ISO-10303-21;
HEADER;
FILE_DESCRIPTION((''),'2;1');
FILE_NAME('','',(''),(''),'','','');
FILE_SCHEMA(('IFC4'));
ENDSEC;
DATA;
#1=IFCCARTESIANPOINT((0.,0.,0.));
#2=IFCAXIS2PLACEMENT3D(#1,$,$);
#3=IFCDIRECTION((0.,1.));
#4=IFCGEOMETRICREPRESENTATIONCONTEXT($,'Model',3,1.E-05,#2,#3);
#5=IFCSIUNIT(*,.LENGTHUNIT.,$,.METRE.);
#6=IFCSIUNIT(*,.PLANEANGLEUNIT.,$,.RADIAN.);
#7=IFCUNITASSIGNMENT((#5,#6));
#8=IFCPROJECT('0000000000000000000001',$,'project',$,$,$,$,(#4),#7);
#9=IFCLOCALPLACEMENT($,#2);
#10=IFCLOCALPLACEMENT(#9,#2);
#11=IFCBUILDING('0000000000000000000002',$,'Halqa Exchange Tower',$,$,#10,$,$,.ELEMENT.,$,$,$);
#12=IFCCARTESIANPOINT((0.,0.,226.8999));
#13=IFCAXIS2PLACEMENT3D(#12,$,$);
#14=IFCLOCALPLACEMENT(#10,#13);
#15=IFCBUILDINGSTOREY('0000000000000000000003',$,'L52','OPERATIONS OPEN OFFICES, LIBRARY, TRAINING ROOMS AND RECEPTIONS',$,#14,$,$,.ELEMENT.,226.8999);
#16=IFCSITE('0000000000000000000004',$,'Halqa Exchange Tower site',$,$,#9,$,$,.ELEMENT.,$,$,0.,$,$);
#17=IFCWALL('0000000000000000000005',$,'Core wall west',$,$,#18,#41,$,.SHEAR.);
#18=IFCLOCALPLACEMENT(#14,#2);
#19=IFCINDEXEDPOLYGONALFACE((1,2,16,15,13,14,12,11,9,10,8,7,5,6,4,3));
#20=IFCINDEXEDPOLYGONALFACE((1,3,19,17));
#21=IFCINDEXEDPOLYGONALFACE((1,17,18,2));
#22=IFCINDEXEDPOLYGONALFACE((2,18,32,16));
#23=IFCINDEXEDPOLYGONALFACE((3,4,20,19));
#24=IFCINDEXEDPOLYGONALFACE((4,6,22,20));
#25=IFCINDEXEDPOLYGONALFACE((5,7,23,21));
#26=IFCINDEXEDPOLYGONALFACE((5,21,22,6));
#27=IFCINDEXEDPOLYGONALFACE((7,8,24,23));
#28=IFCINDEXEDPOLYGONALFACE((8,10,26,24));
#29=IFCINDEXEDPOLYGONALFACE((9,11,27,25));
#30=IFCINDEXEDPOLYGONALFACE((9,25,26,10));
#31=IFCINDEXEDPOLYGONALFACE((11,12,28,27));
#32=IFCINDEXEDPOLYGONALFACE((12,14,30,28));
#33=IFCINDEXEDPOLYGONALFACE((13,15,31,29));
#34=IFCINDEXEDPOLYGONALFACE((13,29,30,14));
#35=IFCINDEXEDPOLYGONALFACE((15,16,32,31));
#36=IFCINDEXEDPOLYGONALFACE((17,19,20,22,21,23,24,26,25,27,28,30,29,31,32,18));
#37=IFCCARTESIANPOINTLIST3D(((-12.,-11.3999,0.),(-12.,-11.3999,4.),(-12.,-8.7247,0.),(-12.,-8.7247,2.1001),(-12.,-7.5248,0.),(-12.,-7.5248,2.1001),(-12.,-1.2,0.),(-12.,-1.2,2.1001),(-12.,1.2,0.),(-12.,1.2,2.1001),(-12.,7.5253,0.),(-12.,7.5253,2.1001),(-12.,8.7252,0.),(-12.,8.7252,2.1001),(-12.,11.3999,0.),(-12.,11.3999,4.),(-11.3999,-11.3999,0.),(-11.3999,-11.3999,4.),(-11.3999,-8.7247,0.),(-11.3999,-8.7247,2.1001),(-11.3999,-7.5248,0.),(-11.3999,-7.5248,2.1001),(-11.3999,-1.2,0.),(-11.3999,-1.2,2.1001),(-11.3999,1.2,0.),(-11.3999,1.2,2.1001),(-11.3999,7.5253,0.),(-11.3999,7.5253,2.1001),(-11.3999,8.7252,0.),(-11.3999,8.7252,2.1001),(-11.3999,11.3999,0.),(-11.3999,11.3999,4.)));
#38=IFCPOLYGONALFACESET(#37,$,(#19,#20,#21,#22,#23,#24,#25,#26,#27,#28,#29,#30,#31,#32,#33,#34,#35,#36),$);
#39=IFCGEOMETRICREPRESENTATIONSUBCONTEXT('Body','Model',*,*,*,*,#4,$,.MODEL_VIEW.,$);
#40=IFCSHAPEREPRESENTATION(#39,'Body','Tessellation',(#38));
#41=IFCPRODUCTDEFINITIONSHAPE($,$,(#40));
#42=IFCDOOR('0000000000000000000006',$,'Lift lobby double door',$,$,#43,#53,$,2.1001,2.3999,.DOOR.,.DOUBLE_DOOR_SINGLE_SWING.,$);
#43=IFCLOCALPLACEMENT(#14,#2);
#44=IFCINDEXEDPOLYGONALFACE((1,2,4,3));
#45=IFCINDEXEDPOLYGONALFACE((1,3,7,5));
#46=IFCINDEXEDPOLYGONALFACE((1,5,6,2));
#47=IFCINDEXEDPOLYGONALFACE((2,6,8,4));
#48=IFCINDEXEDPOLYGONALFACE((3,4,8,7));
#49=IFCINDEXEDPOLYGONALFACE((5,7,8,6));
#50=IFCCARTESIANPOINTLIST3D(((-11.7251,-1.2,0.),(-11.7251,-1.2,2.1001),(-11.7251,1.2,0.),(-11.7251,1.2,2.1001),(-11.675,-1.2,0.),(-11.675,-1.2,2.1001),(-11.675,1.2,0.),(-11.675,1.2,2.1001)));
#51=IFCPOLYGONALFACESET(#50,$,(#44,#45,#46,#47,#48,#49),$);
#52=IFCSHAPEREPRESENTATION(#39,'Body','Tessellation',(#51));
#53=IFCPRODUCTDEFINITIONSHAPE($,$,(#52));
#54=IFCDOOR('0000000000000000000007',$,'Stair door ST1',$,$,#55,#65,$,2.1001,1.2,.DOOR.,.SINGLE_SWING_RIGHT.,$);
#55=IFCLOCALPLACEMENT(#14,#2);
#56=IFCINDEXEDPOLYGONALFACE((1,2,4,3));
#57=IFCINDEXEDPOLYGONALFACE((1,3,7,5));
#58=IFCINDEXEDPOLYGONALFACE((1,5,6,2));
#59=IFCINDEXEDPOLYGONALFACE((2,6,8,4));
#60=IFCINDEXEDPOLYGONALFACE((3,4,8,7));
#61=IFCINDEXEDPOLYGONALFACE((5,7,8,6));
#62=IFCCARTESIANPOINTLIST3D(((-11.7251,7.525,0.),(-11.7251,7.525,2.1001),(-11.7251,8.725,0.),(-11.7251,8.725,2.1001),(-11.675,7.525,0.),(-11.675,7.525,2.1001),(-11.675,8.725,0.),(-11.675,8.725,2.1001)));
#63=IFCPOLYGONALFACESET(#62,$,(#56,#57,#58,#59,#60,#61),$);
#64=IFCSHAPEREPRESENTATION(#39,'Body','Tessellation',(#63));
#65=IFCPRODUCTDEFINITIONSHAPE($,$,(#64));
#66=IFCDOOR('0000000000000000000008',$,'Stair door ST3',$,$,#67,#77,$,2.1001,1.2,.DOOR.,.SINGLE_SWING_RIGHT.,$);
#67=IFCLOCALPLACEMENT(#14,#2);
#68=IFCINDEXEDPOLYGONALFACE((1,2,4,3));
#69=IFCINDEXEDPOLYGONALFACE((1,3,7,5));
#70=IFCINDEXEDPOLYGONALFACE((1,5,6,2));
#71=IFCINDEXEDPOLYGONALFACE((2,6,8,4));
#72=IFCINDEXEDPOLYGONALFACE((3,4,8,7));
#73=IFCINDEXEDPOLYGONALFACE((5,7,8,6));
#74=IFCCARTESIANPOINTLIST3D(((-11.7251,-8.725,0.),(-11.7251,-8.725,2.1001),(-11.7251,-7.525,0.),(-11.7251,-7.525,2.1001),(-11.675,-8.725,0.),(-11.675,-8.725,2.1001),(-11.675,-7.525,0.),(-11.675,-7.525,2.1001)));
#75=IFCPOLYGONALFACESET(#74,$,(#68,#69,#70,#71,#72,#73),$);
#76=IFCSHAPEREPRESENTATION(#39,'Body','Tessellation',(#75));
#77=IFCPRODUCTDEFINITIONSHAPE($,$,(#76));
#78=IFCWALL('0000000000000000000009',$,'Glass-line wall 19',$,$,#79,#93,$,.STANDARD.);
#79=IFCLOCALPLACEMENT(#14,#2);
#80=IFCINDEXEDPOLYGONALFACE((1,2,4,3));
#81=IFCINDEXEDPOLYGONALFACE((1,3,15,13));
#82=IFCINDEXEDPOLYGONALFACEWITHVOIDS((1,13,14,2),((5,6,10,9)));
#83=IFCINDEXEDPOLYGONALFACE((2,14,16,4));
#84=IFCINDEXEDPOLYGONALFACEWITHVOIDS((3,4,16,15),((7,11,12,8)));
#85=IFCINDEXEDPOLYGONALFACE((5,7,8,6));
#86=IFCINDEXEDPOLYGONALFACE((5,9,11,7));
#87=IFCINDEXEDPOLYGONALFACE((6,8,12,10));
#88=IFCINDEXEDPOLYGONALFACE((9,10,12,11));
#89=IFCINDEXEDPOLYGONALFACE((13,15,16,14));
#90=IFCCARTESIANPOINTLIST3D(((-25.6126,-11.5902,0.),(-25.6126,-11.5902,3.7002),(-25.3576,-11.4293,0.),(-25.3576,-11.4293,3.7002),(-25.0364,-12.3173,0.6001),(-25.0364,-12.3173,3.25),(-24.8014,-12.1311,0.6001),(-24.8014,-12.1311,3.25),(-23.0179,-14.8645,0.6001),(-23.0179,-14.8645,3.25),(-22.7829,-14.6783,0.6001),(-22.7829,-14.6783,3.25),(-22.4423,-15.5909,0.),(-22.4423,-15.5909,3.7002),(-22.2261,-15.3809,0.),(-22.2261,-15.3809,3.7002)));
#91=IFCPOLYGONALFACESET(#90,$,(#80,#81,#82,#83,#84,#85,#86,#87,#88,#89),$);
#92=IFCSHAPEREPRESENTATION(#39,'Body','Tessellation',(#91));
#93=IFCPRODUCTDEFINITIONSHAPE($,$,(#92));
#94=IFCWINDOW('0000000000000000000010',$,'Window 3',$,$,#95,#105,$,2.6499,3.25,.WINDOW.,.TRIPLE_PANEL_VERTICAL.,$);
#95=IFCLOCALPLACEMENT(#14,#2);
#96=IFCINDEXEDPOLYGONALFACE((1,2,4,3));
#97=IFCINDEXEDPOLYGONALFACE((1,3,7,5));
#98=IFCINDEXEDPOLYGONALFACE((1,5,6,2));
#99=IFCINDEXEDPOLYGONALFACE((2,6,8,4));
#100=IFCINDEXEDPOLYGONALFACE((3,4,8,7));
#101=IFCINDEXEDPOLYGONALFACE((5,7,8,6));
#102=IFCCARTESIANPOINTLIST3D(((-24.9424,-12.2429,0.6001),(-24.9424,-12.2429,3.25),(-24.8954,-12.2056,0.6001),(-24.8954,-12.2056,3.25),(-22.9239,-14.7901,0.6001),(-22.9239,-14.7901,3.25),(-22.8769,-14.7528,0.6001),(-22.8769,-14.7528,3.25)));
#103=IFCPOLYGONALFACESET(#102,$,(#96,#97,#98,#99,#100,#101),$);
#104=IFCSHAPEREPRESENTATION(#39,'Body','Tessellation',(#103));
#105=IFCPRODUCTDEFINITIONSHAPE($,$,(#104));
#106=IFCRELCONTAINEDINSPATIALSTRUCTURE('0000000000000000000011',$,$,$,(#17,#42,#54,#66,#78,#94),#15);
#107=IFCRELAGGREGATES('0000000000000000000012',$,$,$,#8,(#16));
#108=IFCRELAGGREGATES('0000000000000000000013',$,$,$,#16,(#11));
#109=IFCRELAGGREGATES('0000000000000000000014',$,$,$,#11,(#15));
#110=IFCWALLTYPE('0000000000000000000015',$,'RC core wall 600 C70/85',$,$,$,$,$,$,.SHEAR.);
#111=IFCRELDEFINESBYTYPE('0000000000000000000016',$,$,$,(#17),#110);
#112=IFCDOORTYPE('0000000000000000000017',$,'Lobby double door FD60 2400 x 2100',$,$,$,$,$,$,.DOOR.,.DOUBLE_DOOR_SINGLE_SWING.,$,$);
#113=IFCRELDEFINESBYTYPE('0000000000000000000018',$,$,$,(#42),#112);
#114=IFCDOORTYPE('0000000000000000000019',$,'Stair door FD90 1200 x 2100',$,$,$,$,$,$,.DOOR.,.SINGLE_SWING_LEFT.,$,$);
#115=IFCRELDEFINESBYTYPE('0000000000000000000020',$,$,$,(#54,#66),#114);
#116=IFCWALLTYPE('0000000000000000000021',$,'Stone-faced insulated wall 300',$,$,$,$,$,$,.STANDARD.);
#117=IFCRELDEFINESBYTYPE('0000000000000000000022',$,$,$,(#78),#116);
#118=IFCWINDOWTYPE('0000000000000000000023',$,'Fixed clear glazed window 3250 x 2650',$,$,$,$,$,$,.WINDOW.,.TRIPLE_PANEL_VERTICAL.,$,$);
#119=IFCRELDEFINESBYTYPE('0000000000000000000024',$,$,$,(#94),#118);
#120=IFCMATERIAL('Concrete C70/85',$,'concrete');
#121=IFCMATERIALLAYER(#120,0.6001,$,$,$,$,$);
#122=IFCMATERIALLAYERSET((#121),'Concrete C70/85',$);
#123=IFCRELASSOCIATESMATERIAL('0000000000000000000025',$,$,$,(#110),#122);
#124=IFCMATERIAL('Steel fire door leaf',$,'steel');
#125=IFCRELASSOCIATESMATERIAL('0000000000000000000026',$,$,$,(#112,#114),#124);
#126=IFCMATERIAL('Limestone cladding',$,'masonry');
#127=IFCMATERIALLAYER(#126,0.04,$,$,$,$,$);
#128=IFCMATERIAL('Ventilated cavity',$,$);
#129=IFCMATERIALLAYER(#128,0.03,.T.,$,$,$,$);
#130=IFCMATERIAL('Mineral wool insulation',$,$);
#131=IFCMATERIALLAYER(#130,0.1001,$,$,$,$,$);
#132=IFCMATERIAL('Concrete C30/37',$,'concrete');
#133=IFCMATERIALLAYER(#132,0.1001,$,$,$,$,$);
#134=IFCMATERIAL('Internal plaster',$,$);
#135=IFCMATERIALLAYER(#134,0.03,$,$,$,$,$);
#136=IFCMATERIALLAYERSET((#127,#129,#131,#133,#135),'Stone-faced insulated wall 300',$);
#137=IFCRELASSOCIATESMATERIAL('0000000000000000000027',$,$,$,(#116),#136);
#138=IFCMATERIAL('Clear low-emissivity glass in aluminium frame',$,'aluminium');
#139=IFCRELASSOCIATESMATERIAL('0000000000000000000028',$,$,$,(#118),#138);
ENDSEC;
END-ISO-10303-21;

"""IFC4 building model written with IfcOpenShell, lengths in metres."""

from ifc_helpers import new_model, si_unit, direction, frame, frame_2d, origin, place, context, subcontext, project, spatial, polyline, rectangle, outline, extrude, material, layer, layer_set, type_object, element, fill, save


model = new_model("IFC4")

# Units and contexts
model_context = context("Model", 3, precision=1e-05, world=origin(), true_north=direction((0.0, 1.0)))
body_context = subcontext(model_context, "Body", "Model", "MODEL_VIEW")
ifc_project = project(units=[si_unit("LENGTHUNIT", "METRE"), si_unit("PLANEANGLEUNIT", "RADIAN")], contexts=[model_context])

# Site, building, storey
site_placement = place(None, origin())
site = spatial("IfcSite", under=ifc_project, at=site_placement, Name="Halqa Exchange Tower site", CompositionType="ELEMENT", RefElevation=0.0)
building_placement = place(site_placement, origin())
building = spatial("IfcBuilding", under=site, at=building_placement, Name="Halqa Exchange Tower", CompositionType="ELEMENT")
storey_placement = place(building_placement, frame((0.0, 0.0, 226.8999)))
storey = spatial("IfcBuildingStorey", under=building, at=storey_placement, Name="L52", Description="OPERATIONS OPEN OFFICES, LIBRARY, TRAINING ROOMS AND RECEPTIONS", CompositionType="ELEMENT", Elevation=226.8999)

# Shared definitions
ifc_material_1 = material(Name="Steel fire door leaf", Category="steel")

# Wall, openings, doors
ifc_material_2 = material(Name="Concrete C70/85", Category="concrete")
ifc_layer_1 = layer(ifc_material_2, 0.6001)
ifc_layer_set_1 = layer_set([ifc_layer_1], Name="Concrete C70/85")
wall_type_1 = type_object("IfcWallType", Name="RC core wall 600 C70/85", PredefinedType="SHEAR", material=ifc_layer_set_1)
wall_1_placement = place(storey_placement, frame((-11.7, -11.3999, 0.0), z_axis=(0.0, 0.0, 1.0), x_axis=(0.0, 1.0, 0.0)))
wall_1 = element("IfcWall", 1, at=wall_1_placement, inside=storey, type_object=wall_type_1, Name="Core wall west", PredefinedType="SHEAR", context=body_context, shape_type="SweptSolid", body=[
    extrude(rectangle(XDim=22.7998, YDim=0.6001, at=frame_2d((11.3999, 0.0))), origin(), (0.0, 0.0, 1.0), 4.0),
])
opening_1_placement = place(wall_1_placement, frame((10.2, 0.0, 0.0)))
opening_1 = element("IfcOpeningElement", 2, at=opening_1_placement, cuts=wall_1, PredefinedType="OPENING", context=body_context, shape_type="SweptSolid", body=[
    extrude(rectangle(XDim=2.3999, YDim=2.1001, at=frame_2d((1.2, 1.05))), frame((0.0, 0.312, 0.0), z_axis=(0.0, -1.0, 0.0), x_axis=(1.0, 0.0, 0.0)), (0.0, 0.0, 1.0), 0.624),
])
opening_2_placement = place(wall_1_placement, frame((18.925, 0.0, 0.0)))
opening_2 = element("IfcOpeningElement", 3, at=opening_2_placement, cuts=wall_1, PredefinedType="OPENING", context=body_context, shape_type="SweptSolid", body=[
    extrude(rectangle(XDim=1.2, YDim=2.1001, at=frame_2d((0.6001, 1.05))), frame((0.0, 0.312, 0.0), z_axis=(0.0, -1.0, 0.0), x_axis=(1.0, 0.0, 0.0)), (0.0, 0.0, 1.0), 0.624),
])
opening_3_placement = place(wall_1_placement, frame((2.675, 0.0, 0.0)))
opening_3 = element("IfcOpeningElement", 4, at=opening_3_placement, cuts=wall_1, PredefinedType="OPENING", context=body_context, shape_type="SweptSolid", body=[
    extrude(rectangle(XDim=1.2, YDim=2.1001, at=frame_2d((0.6001, 1.05))), frame((0.0, 0.312, 0.0), z_axis=(0.0, -1.0, 0.0), x_axis=(1.0, 0.0, 0.0)), (0.0, 0.0, 1.0), 0.624),
])
door_type_1 = type_object("IfcDoorType", Name="Lobby double door FD60 2400 x 2100", OperationType="DOUBLE_DOOR_SINGLE_SWING", PredefinedType="DOOR", material=ifc_material_1)
door_1_placement = place(opening_1_placement, frame((2.3999, 0.0, 0.0), z_axis=(0.0, 0.0, 1.0), x_axis=(-1.0, 0.0, 0.0)))
door_1 = element("IfcDoor", 5, at=door_1_placement, inside=storey, type_object=door_type_1, Name="Lift lobby double door", OperationType="DOUBLE_DOOR_SINGLE_SWING", OverallHeight=2.1001, OverallWidth=2.3999, PredefinedType="DOOR", context=body_context, shape_type="SweptSolid", body=[
    extrude(rectangle(XDim=2.3999, YDim=2.1001, at=frame_2d((1.2, 1.05))), frame((0.0, 0.0249, 0.0), z_axis=(0.0, -1.0, 0.0), x_axis=(1.0, 0.0, 0.0)), (0.0, 0.0, 1.0), 0.05),
])
fill(opening_1, door_1)
door_type_2 = type_object("IfcDoorType", Name="Stair door FD90 1200 x 2100", OperationType="SINGLE_SWING_LEFT", PredefinedType="DOOR", material=ifc_material_1)
door_2_placement = place(opening_2_placement, frame((1.2, 0.0, 0.0), z_axis=(0.0, 0.0, 1.0), x_axis=(-1.0, 0.0, 0.0)))
door_2 = element("IfcDoor", 6, at=door_2_placement, inside=storey, type_object=door_type_2, Name="Stair door ST1", OperationType="SINGLE_SWING_RIGHT", OverallHeight=2.1001, OverallWidth=1.2, PredefinedType="DOOR", context=body_context, shape_type="SweptSolid", body=[
    extrude(rectangle(XDim=1.2, YDim=2.1001, at=frame_2d((0.6001, 1.05))), frame((0.0, 0.0249, 0.0), z_axis=(0.0, -1.0, 0.0), x_axis=(1.0, 0.0, 0.0)), (0.0, 0.0, 1.0), 0.05),
])
fill(opening_2, door_2)
door_3_placement = place(opening_3_placement, frame((1.2, 0.0, 0.0), z_axis=(0.0, 0.0, 1.0), x_axis=(-1.0, 0.0, 0.0)))
door_3 = element("IfcDoor", 7, at=door_3_placement, inside=storey, type_object=door_type_2, Name="Stair door ST3", OperationType="SINGLE_SWING_RIGHT", OverallHeight=2.1001, OverallWidth=1.2, PredefinedType="DOOR", context=body_context, shape_type="SweptSolid", body=[
    extrude(rectangle(XDim=1.2, YDim=2.1001, at=frame_2d((0.6001, 1.05))), frame((0.0, 0.0249, 0.0), z_axis=(0.0, -1.0, 0.0), x_axis=(1.0, 0.0, 0.0)), (0.0, 0.0, 1.0), 0.05),
])
fill(opening_3, door_3)

# Wall, opening, window
ifc_material_3 = material(Name="Limestone cladding", Category="masonry")
ifc_layer_2 = layer(ifc_material_3, 0.04)
ifc_material_4 = material(Name="Ventilated cavity")
ifc_layer_3 = layer(ifc_material_4, 0.03, ventilated=True)
ifc_material_5 = material(Name="Mineral wool insulation")
ifc_layer_4 = layer(ifc_material_5, 0.1001)
ifc_material_6 = material(Name="Concrete C30/37", Category="concrete")
ifc_layer_5 = layer(ifc_material_6, 0.1001)
ifc_material_7 = material(Name="Internal plaster")
ifc_layer_6 = layer(ifc_material_7, 0.03)
ifc_layer_set_2 = layer_set([ifc_layer_2, ifc_layer_3, ifc_layer_4, ifc_layer_5, ifc_layer_6], Name="Stone-faced insulated wall 300")
wall_type_2 = type_object("IfcWallType", Name="Stone-faced insulated wall 300", PredefinedType="STANDARD", material=ifc_layer_set_2)
wall_2_placement = place(storey_placement, frame((-25.4851, -11.5098, 0.0), z_axis=(0.0, 0.0, 1.0), x_axis=(0.621085, -0.783743, 0.0)))
wall_2 = element("IfcWall", 8, at=wall_2_placement, inside=storey, type_object=wall_type_2, Name="Glass-line wall 19", PredefinedType="STANDARD", context=body_context, shape_type="SweptSolid", body=[
    extrude(outline(polyline([(-0.0161, -0.1499), (5.0884, -0.1499), (5.0581, 0.1499), (0.0161, 0.1499), (-0.0161, -0.1499)])), origin(), (0.0, 0.0, 1.0), 3.7002),
])
opening_4_placement = place(wall_2_placement, frame((0.9116, 0.0, 0.6001)))
opening_4 = element("IfcOpeningElement", 9, at=opening_4_placement, cuts=wall_2, PredefinedType="OPENING", context=body_context, shape_type="SweptSolid", body=[
    extrude(rectangle(XDim=3.25, YDim=2.6499, at=frame_2d((1.625, 1.325))), frame((0.0, 0.1621, 0.0), z_axis=(0.0, -1.0, 0.0), x_axis=(1.0, 0.0, 0.0)), (0.0, 0.0, 1.0), 0.324),
])
ifc_material_8 = material(Name="Clear low-emissivity glass in aluminium frame", Category="aluminium")
window_type = type_object("IfcWindowType", Name="Fixed clear glazed window 3250 x 2650", PartitioningType="TRIPLE_PANEL_VERTICAL", PredefinedType="WINDOW", material=ifc_material_8)
window_placement = place(opening_4_placement, origin())
window = element("IfcWindow", 10, at=window_placement, inside=storey, type_object=window_type, Name="Window 3", OverallHeight=2.6499, OverallWidth=3.25, PartitioningType="TRIPLE_PANEL_VERTICAL", PredefinedType="WINDOW", context=body_context, shape_type="SweptSolid", body=[
    extrude(rectangle(XDim=3.25, YDim=2.6499, at=frame_2d((1.625, 1.325))), frame((0.0, 0.03, 0.0), z_axis=(0.0, -1.0, 0.0), x_axis=(1.0, 0.0, 0.0)), (0.0, 0.0, 1.0), 0.0601),
])
fill(opening_4, window)

save(model, "model.ifc")
